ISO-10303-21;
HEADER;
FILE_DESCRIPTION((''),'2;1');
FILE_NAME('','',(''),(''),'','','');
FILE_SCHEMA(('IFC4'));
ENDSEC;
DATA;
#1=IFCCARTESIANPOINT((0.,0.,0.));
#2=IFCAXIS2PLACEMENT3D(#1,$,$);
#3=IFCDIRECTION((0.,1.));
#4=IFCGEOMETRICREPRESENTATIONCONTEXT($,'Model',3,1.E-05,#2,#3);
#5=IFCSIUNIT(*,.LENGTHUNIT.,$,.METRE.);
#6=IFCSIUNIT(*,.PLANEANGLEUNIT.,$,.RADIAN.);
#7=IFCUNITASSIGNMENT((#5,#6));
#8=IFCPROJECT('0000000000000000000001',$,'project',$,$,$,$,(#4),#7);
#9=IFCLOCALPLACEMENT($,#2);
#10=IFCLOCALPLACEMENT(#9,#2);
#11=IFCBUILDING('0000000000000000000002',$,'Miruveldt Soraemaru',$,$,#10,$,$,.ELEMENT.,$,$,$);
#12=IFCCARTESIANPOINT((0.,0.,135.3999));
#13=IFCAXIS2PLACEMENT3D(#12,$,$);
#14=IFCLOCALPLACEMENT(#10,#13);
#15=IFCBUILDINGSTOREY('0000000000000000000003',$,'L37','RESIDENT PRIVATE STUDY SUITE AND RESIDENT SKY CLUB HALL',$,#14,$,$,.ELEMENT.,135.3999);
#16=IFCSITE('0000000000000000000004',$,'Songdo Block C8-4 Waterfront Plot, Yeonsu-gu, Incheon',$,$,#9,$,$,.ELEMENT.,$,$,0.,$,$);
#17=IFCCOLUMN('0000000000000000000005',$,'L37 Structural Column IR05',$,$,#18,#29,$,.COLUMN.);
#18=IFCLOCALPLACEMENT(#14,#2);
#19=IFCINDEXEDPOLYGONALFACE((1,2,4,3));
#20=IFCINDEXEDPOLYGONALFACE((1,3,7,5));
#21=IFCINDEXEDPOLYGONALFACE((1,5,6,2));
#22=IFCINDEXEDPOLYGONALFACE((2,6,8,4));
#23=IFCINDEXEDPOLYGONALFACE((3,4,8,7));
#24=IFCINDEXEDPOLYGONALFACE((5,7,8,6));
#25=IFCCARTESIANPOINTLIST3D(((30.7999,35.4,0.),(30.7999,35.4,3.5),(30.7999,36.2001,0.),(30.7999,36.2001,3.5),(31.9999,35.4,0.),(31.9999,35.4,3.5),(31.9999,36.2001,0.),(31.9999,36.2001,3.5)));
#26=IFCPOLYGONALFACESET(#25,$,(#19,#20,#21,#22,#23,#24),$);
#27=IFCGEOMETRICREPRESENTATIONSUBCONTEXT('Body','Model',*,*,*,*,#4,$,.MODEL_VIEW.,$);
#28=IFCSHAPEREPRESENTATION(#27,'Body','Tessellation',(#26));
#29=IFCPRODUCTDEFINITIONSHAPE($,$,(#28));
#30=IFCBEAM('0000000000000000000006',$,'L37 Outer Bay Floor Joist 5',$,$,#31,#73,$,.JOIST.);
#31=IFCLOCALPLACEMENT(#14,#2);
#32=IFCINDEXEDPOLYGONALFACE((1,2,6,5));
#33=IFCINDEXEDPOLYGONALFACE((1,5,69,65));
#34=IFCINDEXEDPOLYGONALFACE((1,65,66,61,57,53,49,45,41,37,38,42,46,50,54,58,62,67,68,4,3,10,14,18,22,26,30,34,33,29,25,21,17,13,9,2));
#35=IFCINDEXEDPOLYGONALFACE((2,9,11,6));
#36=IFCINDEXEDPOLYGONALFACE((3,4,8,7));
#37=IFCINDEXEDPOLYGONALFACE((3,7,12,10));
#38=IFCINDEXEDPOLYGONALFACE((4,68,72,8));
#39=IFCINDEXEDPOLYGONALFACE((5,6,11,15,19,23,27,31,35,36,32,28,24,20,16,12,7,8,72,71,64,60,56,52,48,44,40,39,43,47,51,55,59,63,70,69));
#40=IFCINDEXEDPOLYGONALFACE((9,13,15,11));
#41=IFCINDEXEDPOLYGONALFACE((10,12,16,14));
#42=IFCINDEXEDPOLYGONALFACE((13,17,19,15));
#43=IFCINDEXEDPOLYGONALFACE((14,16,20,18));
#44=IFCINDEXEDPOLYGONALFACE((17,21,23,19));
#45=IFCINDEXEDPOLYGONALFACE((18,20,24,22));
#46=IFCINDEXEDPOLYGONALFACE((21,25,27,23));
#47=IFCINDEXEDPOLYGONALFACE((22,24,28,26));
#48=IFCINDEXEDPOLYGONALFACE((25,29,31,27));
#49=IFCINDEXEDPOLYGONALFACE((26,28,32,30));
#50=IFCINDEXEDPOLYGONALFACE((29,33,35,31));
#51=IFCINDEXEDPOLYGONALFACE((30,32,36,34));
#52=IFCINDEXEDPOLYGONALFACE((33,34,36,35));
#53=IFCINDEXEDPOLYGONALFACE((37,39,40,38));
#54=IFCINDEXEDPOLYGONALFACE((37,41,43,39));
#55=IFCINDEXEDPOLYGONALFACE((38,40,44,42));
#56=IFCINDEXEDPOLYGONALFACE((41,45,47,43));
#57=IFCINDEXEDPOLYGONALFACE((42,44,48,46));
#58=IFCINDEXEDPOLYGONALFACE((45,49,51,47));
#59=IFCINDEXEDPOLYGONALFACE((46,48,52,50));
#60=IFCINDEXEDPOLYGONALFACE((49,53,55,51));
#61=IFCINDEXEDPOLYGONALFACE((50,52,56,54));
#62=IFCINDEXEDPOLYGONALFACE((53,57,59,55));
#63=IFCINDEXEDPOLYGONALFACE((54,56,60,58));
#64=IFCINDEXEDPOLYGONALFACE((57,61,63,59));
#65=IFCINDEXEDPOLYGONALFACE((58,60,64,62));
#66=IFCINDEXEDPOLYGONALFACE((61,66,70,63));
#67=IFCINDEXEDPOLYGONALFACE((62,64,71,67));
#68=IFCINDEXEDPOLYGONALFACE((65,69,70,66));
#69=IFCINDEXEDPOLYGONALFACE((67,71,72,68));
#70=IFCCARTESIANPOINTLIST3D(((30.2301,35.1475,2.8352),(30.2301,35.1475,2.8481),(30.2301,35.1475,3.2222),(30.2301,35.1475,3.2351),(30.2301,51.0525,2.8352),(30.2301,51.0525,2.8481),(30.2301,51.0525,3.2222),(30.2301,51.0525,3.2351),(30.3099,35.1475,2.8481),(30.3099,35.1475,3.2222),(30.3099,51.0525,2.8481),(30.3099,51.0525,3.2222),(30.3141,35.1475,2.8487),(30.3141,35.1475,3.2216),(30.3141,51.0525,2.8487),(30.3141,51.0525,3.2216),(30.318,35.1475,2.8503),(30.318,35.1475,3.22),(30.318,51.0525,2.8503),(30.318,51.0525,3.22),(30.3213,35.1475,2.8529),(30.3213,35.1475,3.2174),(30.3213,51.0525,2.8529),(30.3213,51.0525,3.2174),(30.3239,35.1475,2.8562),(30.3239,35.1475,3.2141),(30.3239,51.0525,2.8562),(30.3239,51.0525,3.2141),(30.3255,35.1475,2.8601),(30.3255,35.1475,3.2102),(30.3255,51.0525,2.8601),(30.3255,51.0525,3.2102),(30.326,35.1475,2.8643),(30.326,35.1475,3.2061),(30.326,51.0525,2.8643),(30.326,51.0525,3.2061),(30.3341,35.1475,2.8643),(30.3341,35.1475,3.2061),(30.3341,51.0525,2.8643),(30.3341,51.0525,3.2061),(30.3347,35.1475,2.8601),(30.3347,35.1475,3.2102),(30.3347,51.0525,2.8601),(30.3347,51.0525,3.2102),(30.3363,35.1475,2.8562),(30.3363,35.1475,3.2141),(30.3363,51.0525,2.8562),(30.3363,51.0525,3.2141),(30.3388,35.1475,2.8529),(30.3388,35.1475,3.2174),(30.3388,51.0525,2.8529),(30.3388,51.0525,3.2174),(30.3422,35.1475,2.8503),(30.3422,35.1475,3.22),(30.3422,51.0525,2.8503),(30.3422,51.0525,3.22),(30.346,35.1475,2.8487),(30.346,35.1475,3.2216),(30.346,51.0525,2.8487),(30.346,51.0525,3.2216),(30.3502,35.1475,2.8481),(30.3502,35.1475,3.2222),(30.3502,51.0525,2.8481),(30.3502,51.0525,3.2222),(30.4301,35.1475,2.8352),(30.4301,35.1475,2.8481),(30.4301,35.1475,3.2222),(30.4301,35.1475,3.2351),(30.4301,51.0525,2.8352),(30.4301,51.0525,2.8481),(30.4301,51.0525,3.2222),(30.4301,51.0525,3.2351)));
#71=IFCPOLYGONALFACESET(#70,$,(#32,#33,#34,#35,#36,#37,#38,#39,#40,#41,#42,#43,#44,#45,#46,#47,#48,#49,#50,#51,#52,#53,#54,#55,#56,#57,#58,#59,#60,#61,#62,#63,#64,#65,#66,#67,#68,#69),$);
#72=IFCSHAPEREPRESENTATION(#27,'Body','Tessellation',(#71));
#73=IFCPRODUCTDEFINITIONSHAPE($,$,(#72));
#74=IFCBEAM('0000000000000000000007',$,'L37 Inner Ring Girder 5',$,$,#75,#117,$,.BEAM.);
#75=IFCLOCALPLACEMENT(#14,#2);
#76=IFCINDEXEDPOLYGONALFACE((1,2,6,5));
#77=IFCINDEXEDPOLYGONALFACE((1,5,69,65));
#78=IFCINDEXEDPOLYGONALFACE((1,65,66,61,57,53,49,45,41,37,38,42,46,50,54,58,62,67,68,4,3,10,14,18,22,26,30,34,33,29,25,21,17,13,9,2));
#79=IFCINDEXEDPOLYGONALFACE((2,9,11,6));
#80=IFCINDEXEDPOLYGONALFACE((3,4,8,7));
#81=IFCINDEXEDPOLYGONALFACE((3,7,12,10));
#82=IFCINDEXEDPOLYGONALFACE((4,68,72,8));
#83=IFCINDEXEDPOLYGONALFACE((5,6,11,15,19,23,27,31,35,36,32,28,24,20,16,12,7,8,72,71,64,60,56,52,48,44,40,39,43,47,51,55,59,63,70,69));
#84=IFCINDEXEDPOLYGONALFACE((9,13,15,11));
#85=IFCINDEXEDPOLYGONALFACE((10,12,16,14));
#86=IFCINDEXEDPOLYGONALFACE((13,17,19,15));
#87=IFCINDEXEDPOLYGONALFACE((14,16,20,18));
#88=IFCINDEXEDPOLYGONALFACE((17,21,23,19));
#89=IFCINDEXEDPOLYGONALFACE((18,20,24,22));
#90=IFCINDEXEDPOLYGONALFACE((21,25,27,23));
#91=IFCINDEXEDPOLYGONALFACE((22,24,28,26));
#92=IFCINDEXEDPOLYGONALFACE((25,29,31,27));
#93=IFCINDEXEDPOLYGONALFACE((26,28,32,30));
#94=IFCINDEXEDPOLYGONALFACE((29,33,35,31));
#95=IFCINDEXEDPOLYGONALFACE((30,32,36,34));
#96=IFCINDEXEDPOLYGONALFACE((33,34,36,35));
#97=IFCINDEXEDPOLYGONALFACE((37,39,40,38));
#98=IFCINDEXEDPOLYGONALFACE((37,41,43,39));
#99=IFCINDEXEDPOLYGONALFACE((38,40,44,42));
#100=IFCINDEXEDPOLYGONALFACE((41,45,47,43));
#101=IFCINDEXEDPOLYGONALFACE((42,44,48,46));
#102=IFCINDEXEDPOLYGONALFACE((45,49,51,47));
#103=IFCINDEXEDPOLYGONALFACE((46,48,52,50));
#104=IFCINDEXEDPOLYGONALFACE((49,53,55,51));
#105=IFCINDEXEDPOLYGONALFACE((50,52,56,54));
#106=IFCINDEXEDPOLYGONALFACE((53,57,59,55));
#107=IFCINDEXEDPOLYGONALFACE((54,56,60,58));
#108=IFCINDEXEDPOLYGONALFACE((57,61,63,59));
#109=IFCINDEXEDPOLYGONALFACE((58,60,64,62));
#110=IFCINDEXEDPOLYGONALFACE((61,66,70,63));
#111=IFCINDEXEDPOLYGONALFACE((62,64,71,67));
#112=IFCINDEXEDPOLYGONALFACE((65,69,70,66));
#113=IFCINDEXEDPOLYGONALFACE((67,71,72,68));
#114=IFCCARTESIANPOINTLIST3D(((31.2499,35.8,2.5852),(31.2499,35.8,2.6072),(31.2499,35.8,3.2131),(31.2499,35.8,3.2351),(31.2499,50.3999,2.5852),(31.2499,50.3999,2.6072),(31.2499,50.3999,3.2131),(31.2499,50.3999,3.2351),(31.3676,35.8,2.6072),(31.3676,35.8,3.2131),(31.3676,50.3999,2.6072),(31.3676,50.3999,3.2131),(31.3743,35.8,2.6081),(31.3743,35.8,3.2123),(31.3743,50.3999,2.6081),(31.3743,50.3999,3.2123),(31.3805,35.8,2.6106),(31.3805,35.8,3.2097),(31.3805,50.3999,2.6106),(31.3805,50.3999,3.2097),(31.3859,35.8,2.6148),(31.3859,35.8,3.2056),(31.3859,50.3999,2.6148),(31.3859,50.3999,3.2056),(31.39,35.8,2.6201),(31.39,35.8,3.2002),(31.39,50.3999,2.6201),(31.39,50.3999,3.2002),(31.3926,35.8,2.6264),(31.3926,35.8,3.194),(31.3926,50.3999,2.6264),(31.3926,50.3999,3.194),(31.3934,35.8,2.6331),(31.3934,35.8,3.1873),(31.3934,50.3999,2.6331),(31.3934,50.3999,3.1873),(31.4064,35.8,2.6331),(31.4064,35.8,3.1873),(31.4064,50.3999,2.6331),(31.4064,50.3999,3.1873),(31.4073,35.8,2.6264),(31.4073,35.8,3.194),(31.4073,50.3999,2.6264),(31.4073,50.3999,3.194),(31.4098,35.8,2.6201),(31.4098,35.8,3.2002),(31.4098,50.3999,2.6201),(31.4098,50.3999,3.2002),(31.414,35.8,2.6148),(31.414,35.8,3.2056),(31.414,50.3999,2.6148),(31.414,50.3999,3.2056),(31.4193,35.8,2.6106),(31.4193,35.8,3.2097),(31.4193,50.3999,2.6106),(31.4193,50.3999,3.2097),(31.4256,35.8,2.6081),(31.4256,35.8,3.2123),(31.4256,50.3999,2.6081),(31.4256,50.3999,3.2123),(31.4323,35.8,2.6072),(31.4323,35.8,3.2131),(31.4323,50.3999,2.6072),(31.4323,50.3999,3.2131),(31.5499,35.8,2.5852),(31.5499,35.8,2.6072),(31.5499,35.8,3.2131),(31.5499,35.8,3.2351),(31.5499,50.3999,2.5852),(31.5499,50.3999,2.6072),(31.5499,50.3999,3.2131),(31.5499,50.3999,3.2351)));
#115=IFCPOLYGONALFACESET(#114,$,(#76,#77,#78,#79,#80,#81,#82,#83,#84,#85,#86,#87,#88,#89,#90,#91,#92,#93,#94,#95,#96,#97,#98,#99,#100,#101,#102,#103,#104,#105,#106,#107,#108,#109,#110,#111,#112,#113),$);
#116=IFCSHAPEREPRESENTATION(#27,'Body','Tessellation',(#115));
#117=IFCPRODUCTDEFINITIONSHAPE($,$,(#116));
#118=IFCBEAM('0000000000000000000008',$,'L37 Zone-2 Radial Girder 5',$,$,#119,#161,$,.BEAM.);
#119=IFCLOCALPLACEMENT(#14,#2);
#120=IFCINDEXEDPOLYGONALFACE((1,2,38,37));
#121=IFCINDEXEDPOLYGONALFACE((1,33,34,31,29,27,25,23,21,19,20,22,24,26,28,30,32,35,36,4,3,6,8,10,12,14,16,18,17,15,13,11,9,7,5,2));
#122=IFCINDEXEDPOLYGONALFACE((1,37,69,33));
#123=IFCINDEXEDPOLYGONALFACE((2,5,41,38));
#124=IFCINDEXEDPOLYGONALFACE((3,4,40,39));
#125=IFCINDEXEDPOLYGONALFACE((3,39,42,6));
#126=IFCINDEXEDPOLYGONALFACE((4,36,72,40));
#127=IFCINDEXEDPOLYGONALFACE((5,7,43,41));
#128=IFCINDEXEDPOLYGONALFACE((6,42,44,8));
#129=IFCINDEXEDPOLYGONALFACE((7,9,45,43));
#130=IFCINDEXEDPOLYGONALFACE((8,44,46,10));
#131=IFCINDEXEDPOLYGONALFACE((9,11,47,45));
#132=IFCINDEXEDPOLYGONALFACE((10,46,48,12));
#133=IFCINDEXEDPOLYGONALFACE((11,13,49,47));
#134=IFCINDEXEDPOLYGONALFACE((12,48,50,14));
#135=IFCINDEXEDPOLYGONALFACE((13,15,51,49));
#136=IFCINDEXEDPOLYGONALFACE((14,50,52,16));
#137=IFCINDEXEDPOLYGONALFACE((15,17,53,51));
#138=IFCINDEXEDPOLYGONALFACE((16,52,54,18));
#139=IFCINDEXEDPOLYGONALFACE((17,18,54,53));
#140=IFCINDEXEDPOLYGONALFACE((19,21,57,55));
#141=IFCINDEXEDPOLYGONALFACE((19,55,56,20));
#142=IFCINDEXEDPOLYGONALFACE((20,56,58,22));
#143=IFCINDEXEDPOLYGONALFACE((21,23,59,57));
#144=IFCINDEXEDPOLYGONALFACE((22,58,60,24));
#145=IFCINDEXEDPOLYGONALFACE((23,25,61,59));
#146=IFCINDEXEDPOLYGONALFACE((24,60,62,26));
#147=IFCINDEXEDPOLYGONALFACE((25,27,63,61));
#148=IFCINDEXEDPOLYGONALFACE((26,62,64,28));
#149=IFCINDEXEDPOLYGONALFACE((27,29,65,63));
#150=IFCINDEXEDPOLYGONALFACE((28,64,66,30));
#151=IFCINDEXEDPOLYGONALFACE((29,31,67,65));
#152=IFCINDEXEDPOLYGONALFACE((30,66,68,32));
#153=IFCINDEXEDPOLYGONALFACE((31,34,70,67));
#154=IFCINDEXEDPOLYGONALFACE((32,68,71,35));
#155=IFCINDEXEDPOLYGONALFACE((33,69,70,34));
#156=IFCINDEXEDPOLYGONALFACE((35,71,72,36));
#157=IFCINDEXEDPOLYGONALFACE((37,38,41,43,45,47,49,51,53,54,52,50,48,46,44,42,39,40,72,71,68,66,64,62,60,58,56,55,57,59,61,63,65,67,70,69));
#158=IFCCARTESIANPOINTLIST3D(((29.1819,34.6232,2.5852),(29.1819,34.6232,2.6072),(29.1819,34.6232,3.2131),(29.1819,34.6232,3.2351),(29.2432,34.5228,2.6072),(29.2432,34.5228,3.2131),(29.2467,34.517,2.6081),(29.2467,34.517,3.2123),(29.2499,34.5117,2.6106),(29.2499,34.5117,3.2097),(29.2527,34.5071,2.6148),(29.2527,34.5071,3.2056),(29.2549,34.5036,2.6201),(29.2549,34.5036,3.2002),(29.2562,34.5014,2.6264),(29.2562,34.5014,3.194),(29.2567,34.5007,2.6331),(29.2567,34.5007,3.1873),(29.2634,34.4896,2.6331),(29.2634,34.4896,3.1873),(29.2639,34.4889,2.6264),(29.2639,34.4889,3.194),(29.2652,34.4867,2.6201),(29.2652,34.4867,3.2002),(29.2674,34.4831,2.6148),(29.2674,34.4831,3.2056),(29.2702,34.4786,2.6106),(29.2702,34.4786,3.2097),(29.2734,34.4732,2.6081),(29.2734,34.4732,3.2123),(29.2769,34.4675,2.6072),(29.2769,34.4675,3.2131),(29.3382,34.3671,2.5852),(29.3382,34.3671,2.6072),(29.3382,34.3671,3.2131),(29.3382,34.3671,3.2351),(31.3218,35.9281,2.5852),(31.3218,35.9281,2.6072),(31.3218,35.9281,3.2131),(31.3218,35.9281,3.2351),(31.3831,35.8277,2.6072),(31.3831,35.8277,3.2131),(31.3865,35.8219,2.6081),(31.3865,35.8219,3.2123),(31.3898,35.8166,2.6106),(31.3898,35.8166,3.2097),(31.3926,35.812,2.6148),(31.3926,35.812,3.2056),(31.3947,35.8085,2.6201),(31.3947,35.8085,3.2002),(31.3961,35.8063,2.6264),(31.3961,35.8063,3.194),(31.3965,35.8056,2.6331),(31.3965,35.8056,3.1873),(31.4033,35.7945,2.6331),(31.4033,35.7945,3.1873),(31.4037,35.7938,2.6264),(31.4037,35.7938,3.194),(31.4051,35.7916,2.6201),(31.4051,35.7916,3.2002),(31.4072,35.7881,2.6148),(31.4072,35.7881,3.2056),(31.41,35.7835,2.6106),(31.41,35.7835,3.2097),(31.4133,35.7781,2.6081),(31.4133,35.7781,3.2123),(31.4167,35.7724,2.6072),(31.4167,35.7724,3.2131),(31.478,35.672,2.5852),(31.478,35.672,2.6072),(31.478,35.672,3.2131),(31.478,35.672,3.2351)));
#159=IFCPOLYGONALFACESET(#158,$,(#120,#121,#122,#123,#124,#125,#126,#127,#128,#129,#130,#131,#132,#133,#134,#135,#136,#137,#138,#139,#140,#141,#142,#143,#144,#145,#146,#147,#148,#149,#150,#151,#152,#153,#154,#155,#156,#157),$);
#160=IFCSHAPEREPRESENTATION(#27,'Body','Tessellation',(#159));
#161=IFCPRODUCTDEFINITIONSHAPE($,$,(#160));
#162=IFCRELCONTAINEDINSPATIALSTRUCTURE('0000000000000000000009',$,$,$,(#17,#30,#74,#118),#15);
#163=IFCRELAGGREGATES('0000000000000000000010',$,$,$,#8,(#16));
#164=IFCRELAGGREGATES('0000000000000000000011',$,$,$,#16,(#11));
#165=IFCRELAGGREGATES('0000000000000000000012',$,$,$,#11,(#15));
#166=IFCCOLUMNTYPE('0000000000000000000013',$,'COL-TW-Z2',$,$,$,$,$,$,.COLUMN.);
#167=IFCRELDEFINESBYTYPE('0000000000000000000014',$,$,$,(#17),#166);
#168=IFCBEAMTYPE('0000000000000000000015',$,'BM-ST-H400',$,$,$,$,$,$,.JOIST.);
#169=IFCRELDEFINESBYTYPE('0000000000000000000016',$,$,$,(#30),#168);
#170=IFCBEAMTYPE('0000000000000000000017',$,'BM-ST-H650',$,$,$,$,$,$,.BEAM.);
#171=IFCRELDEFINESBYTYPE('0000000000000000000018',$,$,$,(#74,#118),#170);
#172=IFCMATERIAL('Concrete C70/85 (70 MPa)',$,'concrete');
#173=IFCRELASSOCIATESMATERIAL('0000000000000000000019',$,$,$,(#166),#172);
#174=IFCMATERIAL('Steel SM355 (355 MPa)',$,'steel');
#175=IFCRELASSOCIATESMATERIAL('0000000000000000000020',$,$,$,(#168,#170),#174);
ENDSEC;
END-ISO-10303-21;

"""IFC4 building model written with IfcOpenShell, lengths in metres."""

from ifc_helpers import new_model, si_unit, direction, frame, origin, origin_2d, place, context, subcontext, project, spatial, rectangle, i_section, extrude, material, material_profile, profile_set, type_object, element, save


model = new_model("IFC4")

# Units and contexts
model_context = context("Model", 3, precision=1e-05, world=origin(), true_north=direction((0.0, 1.0)))
body_context = subcontext(model_context, "Body", "Model", "MODEL_VIEW")
ifc_project = project(units=[si_unit("LENGTHUNIT", "METRE"), si_unit("PLANEANGLEUNIT", "RADIAN")], contexts=[model_context])

# Site, building, storey
site_placement = place(None, origin())
site = spatial("IfcSite", under=ifc_project, at=site_placement, Name="Songdo Block C8-4 Waterfront Plot, Yeonsu-gu, Incheon", CompositionType="ELEMENT", RefElevation=0.0)
building_placement = place(site_placement, origin())
building = spatial("IfcBuilding", under=site, at=building_placement, Name="Miruveldt Soraemaru", CompositionType="ELEMENT")
storey_placement = place(building_placement, frame((0.0, 0.0, 135.3999)))
storey = spatial("IfcBuildingStorey", under=building, at=storey_placement, Name="L37", Description="RESIDENT PRIVATE STUDY SUITE AND RESIDENT SKY CLUB HALL", CompositionType="ELEMENT", Elevation=135.3999)

# Column
ifc_material_1 = material(Name="Concrete C70/85 (70 MPa)", Category="concrete")
ifc_material_profile_1 = material_profile(ifc_material_1, rectangle(XDim=1.2, YDim=0.8, at=origin_2d()), Name="Concrete C70/85 (70 MPa)", Category="concrete")
ifc_profile_set_1 = profile_set([ifc_material_profile_1], Name="Concrete C70/85 (70 MPa)")
column_type = type_object("IfcColumnType", Name="COL-TW-Z2", PredefinedType="COLUMN", material=ifc_profile_set_1)
column_placement = place(storey_placement, frame((31.3999, 35.8, 0.0), z_axis=(0.0, 0.0, 1.0), x_axis=(1.0, 0.0, 0.0)))
element("IfcColumn", 1, at=column_placement, inside=storey, type_object=column_type, Name="L37 Structural Column IR05", PredefinedType="COLUMN", context=body_context, shape_type="SweptSolid", body=[
    extrude(rectangle(XDim=1.2, YDim=0.8, at=origin_2d()), origin(), (0.0, 0.0, 1.0), 3.5),
])

# Beams
ifc_material_2 = material(Name="Steel SM355 (355 MPa)", Category="steel")
ifc_material_profile_2 = material_profile(ifc_material_2, i_section(OverallWidth=0.2, OverallDepth=0.3999, WebThickness=0.0081, FlangeThickness=0.0129, FilletRadius=0.0161, at=origin_2d()), Name="Steel SM355 (355 MPa)", Category="steel")
ifc_profile_set_2 = profile_set([ifc_material_profile_2], Name="Steel SM355 (355 MPa)")
beam_type_1 = type_object("IfcBeamType", Name="BM-ST-H400", PredefinedType="JOIST", material=ifc_profile_set_2)
beam_1_placement = place(storey_placement, frame((30.3301, 35.1475, 3.0352), z_axis=(0.0, 1.0, 0.0), x_axis=(-1.0, 0.0, 0.0)))
element("IfcBeam", 2, at=beam_1_placement, inside=storey, type_object=beam_type_1, Name="L37 Outer Bay Floor Joist 5", PredefinedType="JOIST", context=body_context, shape_type="SweptSolid", body=[
    extrude(i_section(OverallWidth=0.2, OverallDepth=0.3999, WebThickness=0.0081, FlangeThickness=0.0129, FilletRadius=0.0161, at=origin_2d()), origin(), (0.0, 0.0, 1.0), 15.905),
])
ifc_material_profile_3 = material_profile(ifc_material_2, i_section(OverallWidth=0.3, OverallDepth=0.6499, WebThickness=0.0129, FlangeThickness=0.022, FilletRadius=0.0259, at=origin_2d()), Name="Steel SM355 (355 MPa)", Category="steel")
ifc_profile_set_3 = profile_set([ifc_material_profile_3], Name="Steel SM355 (355 MPa)")
beam_type_2 = type_object("IfcBeamType", Name="BM-ST-H650", PredefinedType="BEAM", material=ifc_profile_set_3)
beam_2_placement = place(storey_placement, frame((31.3999, 35.8, 2.9102), z_axis=(0.0, 1.0, 0.0), x_axis=(-1.0, 0.0, 0.0)))
element("IfcBeam", 3, at=beam_2_placement, inside=storey, type_object=beam_type_2, Name="L37 Inner Ring Girder 5", PredefinedType="BEAM", context=body_context, shape_type="SweptSolid", body=[
    extrude(i_section(OverallWidth=0.3, OverallDepth=0.6499, WebThickness=0.0129, FlangeThickness=0.022, FilletRadius=0.0259, at=origin_2d()), origin(), (0.0, 0.0, 1.0), 14.5999),
])
beam_3_placement = place(storey_placement, frame((31.3999, 35.8, 2.9102), z_axis=(-0.853775, -0.520642, 0.0), x_axis=(0.520642, -0.853775, 0.0)))
element("IfcBeam", 4, at=beam_3_placement, inside=storey, type_object=beam_type_2, Name="L37 Zone-2 Radial Girder 5", PredefinedType="BEAM", context=body_context, shape_type="SweptSolid", body=[
    extrude(i_section(OverallWidth=0.3, OverallDepth=0.6499, WebThickness=0.0129, FlangeThickness=0.022, FilletRadius=0.0259, at=origin_2d()), origin(), (0.0, 0.0, 1.0), 2.5063),
])

save(model, "model.ifc")
